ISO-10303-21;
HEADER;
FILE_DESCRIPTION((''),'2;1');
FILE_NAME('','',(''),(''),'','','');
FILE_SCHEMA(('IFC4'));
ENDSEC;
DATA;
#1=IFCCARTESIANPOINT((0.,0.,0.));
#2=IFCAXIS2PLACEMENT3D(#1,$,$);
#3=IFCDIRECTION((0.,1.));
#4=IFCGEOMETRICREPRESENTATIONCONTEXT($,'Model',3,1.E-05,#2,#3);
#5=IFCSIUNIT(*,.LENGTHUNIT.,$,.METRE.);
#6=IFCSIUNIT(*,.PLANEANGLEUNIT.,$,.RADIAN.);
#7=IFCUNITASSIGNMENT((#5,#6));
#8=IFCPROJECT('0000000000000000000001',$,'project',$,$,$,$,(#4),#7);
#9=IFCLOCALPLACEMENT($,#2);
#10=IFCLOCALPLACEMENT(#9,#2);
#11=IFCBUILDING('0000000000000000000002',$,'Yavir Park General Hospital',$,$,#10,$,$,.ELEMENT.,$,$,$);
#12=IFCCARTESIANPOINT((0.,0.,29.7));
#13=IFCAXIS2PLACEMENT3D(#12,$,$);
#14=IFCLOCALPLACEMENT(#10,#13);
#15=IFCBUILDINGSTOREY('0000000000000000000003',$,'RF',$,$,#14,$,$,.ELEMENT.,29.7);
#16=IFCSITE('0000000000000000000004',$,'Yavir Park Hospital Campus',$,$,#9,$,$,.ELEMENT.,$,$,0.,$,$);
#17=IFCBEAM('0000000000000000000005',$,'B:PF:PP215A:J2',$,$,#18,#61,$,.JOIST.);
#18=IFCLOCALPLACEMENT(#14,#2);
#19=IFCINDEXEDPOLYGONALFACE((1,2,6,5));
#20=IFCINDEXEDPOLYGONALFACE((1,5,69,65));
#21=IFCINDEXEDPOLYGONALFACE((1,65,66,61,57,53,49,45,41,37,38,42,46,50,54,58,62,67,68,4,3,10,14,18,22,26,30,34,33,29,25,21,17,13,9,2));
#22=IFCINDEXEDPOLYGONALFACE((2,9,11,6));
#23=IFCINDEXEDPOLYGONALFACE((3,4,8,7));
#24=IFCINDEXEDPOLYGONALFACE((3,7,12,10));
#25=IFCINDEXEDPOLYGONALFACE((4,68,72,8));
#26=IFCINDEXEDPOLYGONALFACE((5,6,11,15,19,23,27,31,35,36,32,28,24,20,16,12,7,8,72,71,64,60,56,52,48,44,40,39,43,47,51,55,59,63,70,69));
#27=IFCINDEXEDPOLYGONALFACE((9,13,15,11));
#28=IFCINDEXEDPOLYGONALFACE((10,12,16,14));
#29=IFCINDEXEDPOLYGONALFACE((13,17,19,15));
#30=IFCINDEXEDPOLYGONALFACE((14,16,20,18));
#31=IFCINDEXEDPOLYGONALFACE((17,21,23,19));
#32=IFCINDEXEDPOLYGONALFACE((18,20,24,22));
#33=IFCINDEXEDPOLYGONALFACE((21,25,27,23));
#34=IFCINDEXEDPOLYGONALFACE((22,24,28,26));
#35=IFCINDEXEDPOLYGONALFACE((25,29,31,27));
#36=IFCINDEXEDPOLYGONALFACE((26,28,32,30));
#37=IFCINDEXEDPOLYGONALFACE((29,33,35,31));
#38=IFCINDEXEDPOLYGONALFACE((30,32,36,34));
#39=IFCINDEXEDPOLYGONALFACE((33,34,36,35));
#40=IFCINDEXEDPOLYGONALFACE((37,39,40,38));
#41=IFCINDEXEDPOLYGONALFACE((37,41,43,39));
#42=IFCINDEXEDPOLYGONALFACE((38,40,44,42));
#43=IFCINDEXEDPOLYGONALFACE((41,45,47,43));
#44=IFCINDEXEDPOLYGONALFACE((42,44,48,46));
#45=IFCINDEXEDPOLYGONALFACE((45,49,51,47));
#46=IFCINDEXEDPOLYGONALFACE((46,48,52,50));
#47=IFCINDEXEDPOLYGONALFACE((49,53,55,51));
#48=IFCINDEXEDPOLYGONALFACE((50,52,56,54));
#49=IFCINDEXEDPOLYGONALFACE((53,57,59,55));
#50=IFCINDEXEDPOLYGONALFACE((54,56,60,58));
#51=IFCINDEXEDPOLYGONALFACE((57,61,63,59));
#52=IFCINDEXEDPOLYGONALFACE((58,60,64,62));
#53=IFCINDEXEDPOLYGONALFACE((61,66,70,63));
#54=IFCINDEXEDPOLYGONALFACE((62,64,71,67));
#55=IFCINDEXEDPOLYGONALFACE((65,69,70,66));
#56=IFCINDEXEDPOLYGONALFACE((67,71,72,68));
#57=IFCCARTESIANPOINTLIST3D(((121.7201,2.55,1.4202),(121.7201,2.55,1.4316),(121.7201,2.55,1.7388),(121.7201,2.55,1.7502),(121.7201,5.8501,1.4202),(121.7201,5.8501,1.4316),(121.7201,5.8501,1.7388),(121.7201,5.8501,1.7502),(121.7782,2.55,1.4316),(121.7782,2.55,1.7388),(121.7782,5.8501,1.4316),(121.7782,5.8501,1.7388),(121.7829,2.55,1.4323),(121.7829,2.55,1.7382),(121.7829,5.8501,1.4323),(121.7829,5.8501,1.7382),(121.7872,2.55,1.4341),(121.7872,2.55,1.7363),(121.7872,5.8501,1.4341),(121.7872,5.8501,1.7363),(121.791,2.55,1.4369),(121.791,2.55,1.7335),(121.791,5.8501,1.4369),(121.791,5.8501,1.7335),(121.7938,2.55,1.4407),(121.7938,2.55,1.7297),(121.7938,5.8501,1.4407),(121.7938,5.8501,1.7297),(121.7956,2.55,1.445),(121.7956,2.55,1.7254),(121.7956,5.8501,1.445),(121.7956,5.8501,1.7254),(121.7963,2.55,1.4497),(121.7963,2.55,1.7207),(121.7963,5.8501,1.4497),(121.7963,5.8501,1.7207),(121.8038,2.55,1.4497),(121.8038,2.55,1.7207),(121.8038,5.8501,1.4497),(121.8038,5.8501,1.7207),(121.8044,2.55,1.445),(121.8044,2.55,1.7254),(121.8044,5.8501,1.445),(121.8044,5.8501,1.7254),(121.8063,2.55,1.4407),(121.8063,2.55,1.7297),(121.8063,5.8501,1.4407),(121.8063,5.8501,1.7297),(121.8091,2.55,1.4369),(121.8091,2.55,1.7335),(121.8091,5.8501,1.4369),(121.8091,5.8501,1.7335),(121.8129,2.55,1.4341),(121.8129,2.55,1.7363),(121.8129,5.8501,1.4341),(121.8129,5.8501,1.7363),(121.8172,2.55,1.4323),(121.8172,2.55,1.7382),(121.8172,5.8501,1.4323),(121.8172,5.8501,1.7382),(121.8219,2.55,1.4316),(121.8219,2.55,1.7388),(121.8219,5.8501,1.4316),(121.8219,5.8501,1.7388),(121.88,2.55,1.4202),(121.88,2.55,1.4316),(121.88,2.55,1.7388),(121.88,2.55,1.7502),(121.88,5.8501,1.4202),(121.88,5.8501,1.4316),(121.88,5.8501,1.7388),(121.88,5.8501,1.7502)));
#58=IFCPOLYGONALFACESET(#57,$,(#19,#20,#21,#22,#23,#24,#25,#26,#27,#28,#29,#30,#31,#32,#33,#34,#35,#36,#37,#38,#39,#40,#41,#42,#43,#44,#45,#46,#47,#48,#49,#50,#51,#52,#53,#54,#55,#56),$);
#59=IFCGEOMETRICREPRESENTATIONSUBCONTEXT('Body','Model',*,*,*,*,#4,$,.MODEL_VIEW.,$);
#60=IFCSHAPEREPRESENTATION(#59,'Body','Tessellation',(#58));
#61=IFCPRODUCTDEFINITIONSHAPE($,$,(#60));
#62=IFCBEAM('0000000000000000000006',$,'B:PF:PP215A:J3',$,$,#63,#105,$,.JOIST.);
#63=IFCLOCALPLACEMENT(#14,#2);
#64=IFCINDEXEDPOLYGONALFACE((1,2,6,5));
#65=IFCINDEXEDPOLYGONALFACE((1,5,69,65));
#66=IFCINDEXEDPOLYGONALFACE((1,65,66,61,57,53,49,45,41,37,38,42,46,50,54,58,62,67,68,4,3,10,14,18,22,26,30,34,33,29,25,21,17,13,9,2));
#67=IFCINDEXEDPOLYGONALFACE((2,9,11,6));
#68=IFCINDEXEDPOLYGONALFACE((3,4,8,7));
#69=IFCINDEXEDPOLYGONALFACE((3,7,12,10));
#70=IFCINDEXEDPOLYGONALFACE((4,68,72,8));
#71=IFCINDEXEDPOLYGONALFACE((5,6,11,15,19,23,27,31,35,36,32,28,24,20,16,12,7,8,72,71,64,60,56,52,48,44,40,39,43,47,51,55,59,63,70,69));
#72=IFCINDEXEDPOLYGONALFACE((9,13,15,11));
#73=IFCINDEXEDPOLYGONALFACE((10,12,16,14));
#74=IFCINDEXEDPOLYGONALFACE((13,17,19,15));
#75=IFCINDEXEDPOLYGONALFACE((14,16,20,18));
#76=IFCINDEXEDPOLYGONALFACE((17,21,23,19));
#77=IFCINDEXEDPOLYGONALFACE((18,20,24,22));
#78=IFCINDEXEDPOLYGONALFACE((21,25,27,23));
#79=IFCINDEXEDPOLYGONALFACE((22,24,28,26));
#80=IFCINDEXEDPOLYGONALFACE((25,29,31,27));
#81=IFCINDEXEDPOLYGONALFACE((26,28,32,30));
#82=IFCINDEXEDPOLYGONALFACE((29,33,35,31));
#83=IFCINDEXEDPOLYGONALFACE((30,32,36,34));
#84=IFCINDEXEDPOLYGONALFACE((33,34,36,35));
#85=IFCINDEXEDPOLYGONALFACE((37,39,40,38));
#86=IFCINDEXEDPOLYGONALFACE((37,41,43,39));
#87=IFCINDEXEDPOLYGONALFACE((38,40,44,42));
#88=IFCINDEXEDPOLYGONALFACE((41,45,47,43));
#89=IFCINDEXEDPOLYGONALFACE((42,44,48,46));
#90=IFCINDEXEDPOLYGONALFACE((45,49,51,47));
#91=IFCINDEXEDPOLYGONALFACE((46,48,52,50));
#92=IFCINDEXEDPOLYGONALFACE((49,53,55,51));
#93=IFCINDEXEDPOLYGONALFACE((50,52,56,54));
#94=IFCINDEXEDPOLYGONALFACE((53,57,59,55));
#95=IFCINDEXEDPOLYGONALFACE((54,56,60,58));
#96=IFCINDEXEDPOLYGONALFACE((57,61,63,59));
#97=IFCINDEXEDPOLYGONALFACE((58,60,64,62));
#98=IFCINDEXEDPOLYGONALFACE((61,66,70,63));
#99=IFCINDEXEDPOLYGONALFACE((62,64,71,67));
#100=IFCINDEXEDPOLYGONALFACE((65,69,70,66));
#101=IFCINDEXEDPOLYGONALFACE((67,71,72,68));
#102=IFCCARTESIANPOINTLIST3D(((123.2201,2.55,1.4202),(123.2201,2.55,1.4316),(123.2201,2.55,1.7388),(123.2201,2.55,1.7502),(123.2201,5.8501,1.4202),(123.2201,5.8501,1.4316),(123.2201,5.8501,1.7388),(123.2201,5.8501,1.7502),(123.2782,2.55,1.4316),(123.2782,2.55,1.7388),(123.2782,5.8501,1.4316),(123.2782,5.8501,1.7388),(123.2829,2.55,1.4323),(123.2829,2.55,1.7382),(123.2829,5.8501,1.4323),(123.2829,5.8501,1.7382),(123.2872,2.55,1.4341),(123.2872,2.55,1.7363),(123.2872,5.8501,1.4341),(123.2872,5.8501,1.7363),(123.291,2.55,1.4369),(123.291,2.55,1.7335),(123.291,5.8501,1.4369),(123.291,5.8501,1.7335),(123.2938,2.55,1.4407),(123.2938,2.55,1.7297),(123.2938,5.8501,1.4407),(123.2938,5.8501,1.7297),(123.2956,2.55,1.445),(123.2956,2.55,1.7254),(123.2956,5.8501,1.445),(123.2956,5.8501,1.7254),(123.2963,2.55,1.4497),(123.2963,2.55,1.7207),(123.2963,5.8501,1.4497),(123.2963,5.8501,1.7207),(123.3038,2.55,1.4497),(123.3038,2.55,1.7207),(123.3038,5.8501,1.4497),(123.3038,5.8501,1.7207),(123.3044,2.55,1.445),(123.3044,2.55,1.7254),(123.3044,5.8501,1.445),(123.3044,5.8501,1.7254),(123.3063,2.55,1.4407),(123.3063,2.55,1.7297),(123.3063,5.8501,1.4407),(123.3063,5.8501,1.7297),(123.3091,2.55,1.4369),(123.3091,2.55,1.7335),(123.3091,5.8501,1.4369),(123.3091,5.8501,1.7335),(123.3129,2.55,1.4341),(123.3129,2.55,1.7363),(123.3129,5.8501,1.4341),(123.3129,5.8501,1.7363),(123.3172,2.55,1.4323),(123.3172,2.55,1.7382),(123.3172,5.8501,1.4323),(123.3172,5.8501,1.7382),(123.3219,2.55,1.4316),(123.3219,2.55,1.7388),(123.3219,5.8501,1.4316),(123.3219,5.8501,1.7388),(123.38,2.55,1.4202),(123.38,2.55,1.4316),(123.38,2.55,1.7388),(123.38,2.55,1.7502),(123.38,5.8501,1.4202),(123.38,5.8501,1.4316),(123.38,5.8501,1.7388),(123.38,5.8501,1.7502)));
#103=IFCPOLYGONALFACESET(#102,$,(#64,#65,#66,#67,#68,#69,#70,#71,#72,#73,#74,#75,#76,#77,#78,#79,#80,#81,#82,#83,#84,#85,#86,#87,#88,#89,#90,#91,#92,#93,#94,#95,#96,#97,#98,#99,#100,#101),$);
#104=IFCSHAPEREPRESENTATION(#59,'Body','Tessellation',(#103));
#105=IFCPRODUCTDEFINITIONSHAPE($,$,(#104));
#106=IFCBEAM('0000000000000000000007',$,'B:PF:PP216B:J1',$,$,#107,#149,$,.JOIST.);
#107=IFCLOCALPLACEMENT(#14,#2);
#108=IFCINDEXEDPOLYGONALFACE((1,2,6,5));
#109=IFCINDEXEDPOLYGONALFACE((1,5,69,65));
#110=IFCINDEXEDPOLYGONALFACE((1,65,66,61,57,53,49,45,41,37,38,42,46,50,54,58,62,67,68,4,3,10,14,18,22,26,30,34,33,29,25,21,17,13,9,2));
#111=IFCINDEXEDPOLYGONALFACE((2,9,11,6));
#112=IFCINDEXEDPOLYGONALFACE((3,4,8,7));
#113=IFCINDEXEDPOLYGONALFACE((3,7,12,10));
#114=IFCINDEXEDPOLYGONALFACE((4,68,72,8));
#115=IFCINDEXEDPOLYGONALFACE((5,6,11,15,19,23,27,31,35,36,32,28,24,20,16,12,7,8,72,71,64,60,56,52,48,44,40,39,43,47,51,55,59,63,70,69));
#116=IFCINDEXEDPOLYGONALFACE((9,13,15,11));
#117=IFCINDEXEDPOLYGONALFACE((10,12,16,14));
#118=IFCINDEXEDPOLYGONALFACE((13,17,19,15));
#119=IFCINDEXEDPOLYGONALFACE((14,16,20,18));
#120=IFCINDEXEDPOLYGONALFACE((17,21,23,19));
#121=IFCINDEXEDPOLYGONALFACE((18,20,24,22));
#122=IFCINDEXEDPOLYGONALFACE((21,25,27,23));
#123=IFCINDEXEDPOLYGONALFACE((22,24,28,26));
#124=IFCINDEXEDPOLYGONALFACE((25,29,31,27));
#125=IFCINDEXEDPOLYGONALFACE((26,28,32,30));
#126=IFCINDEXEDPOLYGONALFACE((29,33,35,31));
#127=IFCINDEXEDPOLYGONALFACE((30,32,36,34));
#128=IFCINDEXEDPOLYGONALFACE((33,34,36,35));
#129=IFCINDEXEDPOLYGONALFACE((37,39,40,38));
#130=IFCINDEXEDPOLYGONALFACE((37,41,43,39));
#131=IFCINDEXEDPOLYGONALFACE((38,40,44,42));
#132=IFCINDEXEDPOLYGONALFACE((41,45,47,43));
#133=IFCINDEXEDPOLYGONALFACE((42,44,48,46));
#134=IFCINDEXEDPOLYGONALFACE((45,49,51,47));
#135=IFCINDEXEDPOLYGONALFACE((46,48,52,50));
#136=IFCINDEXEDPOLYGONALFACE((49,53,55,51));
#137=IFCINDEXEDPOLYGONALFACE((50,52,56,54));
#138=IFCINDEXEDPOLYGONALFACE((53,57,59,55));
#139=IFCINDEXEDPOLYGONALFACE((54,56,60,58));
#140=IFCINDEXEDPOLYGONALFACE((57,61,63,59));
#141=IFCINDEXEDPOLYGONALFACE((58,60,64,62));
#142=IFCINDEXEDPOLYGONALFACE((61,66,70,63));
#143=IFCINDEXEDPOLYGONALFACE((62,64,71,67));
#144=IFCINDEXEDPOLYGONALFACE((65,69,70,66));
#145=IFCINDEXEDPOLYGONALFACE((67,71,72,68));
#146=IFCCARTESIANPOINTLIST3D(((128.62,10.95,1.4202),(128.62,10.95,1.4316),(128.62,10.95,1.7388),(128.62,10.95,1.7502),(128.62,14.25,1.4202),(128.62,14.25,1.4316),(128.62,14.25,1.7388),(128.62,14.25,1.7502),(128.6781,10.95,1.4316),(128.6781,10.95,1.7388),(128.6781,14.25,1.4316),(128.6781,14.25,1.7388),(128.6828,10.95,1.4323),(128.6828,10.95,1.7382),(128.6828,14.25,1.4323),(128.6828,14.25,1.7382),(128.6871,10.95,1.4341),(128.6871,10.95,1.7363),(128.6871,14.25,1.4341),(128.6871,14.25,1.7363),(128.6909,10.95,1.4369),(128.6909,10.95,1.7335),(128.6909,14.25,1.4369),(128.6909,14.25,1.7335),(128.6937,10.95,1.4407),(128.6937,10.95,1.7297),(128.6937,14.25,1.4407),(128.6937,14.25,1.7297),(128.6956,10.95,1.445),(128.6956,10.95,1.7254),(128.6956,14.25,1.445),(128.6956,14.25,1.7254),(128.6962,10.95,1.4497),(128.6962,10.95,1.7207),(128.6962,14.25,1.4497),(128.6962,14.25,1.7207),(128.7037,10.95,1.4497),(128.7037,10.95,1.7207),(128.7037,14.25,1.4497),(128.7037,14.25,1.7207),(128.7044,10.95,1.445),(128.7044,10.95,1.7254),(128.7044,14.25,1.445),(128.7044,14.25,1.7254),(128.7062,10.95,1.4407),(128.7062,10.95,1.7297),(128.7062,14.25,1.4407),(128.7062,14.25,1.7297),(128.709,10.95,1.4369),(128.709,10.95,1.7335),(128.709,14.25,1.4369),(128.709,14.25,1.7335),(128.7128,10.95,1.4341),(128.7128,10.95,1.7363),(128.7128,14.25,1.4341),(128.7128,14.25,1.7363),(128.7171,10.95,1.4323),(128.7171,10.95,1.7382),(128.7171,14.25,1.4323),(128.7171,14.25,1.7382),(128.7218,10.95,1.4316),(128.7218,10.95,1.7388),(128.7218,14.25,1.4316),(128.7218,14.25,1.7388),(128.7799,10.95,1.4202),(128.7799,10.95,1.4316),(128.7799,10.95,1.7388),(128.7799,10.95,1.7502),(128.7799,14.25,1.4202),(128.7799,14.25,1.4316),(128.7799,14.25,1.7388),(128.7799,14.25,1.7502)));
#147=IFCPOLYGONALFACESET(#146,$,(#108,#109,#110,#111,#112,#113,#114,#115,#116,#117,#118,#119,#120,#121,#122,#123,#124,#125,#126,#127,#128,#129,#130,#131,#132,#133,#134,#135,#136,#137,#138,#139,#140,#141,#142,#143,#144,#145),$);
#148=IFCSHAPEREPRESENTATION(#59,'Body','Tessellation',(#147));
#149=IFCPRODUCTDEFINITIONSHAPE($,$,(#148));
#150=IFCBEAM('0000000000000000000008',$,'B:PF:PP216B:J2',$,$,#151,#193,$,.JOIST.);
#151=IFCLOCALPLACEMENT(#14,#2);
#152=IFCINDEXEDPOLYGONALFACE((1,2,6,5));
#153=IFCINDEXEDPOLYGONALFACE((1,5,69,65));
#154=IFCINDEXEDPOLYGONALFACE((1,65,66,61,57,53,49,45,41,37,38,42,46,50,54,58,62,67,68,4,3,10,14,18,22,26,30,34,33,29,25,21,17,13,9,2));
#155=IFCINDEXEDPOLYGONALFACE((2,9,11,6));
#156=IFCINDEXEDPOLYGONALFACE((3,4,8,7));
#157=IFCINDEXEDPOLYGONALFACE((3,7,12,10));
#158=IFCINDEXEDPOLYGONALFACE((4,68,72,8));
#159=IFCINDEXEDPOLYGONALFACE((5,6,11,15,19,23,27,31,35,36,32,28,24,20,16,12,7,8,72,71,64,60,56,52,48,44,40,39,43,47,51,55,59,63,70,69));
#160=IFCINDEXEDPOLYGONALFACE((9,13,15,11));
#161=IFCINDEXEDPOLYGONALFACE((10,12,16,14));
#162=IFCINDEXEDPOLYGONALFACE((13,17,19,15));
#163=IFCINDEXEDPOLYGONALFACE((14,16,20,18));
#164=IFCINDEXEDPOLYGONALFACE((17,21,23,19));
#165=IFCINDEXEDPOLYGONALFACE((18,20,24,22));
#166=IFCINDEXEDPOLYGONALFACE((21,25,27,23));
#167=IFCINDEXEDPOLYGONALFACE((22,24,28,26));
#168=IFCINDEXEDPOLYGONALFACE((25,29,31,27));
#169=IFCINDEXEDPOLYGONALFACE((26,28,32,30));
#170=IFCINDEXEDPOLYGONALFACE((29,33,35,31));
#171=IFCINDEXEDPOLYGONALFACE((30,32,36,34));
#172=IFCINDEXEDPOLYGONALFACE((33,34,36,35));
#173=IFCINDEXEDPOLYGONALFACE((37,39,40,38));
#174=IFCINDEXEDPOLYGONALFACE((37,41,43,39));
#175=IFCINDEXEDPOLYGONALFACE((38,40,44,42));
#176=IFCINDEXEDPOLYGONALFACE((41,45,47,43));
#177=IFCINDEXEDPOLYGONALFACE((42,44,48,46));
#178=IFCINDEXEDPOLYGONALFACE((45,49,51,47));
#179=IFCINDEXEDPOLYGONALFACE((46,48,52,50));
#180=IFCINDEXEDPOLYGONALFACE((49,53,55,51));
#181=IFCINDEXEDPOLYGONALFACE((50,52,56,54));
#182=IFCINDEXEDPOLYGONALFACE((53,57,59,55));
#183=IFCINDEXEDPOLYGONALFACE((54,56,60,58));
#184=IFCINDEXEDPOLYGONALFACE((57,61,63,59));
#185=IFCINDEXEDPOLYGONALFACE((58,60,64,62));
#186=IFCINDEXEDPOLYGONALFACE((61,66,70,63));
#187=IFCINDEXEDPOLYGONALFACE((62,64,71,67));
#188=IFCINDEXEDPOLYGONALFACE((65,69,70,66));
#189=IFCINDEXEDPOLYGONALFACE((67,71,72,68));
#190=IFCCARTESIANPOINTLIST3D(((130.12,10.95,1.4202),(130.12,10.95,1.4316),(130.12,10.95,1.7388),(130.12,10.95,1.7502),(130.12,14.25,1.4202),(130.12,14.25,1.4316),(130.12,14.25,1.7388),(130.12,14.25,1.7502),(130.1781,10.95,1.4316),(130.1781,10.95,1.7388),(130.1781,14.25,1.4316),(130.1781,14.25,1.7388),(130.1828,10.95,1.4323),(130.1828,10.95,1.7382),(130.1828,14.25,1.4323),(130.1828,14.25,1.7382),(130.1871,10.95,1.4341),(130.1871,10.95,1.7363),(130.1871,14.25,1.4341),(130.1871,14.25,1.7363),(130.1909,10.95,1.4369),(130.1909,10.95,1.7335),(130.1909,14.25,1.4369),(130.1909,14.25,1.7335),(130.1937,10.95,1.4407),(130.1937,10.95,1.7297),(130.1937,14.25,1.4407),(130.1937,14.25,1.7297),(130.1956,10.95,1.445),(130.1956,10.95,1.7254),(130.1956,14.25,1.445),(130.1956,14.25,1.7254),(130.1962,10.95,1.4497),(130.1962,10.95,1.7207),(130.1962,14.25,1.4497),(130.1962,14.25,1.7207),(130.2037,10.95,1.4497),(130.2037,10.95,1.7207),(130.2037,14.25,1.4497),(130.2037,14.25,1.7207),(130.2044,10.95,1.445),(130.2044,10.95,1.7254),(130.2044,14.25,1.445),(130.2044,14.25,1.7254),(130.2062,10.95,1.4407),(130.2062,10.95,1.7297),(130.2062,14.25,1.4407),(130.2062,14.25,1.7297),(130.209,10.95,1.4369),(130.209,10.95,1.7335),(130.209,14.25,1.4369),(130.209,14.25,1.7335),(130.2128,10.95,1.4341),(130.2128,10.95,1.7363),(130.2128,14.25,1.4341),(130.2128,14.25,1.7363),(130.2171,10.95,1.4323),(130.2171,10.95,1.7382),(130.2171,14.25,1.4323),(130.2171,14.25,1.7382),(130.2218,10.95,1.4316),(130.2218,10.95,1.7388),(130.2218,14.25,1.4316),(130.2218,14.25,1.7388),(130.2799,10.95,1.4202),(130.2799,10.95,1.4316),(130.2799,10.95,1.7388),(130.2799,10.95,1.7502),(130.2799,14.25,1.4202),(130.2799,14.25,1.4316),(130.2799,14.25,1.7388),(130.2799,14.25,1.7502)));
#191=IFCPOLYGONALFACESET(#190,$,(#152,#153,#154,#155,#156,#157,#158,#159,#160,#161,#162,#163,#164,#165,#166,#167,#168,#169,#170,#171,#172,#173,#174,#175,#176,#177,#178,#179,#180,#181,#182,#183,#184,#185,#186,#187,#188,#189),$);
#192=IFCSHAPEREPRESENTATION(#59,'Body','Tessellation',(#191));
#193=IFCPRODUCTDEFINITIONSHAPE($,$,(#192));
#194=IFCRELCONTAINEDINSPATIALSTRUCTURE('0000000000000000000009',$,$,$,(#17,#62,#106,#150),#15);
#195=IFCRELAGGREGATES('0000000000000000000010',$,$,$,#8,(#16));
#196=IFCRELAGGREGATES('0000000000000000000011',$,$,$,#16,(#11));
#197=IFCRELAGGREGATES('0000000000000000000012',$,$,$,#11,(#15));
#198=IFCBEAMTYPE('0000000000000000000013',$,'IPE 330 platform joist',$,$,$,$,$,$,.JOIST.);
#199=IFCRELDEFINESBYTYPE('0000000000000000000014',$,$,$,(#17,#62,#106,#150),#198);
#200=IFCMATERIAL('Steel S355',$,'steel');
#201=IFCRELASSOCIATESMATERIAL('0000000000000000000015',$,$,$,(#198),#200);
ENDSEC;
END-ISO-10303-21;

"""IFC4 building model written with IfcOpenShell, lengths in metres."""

from ifc_helpers import new_model, si_unit, direction, frame, origin, origin_2d, place, context, subcontext, project, spatial, i_section, extrude, material, material_profile, profile_set, type_object, element, save


model = new_model("IFC4")

# Units and contexts
model_context = context("Model", 3, precision=1e-05, world=origin(), true_north=direction((0.0, 1.0)))
body_context = subcontext(model_context, "Body", "Model", "MODEL_VIEW")
ifc_project = project(units=[si_unit("LENGTHUNIT", "METRE"), si_unit("PLANEANGLEUNIT", "RADIAN")], contexts=[model_context])

# Site, building, storey
site_placement = place(None, origin())
site = spatial("IfcSite", under=ifc_project, at=site_placement, Name="Yavir Park Hospital Campus", CompositionType="ELEMENT", RefElevation=0.0)
building_placement = place(site_placement, origin())
building = spatial("IfcBuilding", under=site, at=building_placement, Name="Yavir Park General Hospital", CompositionType="ELEMENT")
storey_placement = place(building_placement, frame((0.0, 0.0, 29.7)))
storey = spatial("IfcBuildingStorey", under=building, at=storey_placement, Name="RF", CompositionType="ELEMENT", Elevation=29.7)

# Beams
ifc_material_1 = material(Name="Steel S355", Category="steel")
ifc_material_profile_1 = material_profile(ifc_material_1, i_section(OverallWidth=0.1599, OverallDepth=0.3301, WebThickness=0.0076, FlangeThickness=0.0115, FilletRadius=0.0181, at=origin_2d()), Name="IPE330")
ifc_profile_set_1 = profile_set([ifc_material_profile_1], Name="Steel S355")
beam_type_1 = type_object("IfcBeamType", Name="IPE 330 platform joist", PredefinedType="JOIST", material=ifc_profile_set_1)
for number, where, z_axis, x_axis, name in (
    (1, (121.8, 2.55, 1.5852), (0.0, 1.0, 0.0), (-1.0, 0.0, 0.0), "B:PF:PP215A:J2"),
    (2, (123.3, 2.55, 1.5852), (0.0, 1.0, 0.0), (-1.0, 0.0, 0.0), "B:PF:PP215A:J3"),
    (3, (128.7, 10.95, 1.5852), (0.0, 1.0, 0.0), (-1.0, 0.0, 0.0), "B:PF:PP216B:J1"),
    (4, (130.2, 10.95, 1.5852), (0.0, 1.0, 0.0), (-1.0, 0.0, 0.0), "B:PF:PP216B:J2"),
):
    element("IfcBeam", number, at=place(storey_placement, frame(where, z_axis=z_axis, x_axis=x_axis)), inside=storey, type_object=beam_type_1, Name=name, PredefinedType="JOIST", context=body_context, shape_type="SweptSolid", body=[
        extrude(i_section(OverallWidth=0.1599, OverallDepth=0.3301, WebThickness=0.0076, FlangeThickness=0.0115, FilletRadius=0.0181, at=origin_2d()), origin(), (0.0, 0.0, 1.0), 3.3),
    ])

save(model, "model.ifc")
